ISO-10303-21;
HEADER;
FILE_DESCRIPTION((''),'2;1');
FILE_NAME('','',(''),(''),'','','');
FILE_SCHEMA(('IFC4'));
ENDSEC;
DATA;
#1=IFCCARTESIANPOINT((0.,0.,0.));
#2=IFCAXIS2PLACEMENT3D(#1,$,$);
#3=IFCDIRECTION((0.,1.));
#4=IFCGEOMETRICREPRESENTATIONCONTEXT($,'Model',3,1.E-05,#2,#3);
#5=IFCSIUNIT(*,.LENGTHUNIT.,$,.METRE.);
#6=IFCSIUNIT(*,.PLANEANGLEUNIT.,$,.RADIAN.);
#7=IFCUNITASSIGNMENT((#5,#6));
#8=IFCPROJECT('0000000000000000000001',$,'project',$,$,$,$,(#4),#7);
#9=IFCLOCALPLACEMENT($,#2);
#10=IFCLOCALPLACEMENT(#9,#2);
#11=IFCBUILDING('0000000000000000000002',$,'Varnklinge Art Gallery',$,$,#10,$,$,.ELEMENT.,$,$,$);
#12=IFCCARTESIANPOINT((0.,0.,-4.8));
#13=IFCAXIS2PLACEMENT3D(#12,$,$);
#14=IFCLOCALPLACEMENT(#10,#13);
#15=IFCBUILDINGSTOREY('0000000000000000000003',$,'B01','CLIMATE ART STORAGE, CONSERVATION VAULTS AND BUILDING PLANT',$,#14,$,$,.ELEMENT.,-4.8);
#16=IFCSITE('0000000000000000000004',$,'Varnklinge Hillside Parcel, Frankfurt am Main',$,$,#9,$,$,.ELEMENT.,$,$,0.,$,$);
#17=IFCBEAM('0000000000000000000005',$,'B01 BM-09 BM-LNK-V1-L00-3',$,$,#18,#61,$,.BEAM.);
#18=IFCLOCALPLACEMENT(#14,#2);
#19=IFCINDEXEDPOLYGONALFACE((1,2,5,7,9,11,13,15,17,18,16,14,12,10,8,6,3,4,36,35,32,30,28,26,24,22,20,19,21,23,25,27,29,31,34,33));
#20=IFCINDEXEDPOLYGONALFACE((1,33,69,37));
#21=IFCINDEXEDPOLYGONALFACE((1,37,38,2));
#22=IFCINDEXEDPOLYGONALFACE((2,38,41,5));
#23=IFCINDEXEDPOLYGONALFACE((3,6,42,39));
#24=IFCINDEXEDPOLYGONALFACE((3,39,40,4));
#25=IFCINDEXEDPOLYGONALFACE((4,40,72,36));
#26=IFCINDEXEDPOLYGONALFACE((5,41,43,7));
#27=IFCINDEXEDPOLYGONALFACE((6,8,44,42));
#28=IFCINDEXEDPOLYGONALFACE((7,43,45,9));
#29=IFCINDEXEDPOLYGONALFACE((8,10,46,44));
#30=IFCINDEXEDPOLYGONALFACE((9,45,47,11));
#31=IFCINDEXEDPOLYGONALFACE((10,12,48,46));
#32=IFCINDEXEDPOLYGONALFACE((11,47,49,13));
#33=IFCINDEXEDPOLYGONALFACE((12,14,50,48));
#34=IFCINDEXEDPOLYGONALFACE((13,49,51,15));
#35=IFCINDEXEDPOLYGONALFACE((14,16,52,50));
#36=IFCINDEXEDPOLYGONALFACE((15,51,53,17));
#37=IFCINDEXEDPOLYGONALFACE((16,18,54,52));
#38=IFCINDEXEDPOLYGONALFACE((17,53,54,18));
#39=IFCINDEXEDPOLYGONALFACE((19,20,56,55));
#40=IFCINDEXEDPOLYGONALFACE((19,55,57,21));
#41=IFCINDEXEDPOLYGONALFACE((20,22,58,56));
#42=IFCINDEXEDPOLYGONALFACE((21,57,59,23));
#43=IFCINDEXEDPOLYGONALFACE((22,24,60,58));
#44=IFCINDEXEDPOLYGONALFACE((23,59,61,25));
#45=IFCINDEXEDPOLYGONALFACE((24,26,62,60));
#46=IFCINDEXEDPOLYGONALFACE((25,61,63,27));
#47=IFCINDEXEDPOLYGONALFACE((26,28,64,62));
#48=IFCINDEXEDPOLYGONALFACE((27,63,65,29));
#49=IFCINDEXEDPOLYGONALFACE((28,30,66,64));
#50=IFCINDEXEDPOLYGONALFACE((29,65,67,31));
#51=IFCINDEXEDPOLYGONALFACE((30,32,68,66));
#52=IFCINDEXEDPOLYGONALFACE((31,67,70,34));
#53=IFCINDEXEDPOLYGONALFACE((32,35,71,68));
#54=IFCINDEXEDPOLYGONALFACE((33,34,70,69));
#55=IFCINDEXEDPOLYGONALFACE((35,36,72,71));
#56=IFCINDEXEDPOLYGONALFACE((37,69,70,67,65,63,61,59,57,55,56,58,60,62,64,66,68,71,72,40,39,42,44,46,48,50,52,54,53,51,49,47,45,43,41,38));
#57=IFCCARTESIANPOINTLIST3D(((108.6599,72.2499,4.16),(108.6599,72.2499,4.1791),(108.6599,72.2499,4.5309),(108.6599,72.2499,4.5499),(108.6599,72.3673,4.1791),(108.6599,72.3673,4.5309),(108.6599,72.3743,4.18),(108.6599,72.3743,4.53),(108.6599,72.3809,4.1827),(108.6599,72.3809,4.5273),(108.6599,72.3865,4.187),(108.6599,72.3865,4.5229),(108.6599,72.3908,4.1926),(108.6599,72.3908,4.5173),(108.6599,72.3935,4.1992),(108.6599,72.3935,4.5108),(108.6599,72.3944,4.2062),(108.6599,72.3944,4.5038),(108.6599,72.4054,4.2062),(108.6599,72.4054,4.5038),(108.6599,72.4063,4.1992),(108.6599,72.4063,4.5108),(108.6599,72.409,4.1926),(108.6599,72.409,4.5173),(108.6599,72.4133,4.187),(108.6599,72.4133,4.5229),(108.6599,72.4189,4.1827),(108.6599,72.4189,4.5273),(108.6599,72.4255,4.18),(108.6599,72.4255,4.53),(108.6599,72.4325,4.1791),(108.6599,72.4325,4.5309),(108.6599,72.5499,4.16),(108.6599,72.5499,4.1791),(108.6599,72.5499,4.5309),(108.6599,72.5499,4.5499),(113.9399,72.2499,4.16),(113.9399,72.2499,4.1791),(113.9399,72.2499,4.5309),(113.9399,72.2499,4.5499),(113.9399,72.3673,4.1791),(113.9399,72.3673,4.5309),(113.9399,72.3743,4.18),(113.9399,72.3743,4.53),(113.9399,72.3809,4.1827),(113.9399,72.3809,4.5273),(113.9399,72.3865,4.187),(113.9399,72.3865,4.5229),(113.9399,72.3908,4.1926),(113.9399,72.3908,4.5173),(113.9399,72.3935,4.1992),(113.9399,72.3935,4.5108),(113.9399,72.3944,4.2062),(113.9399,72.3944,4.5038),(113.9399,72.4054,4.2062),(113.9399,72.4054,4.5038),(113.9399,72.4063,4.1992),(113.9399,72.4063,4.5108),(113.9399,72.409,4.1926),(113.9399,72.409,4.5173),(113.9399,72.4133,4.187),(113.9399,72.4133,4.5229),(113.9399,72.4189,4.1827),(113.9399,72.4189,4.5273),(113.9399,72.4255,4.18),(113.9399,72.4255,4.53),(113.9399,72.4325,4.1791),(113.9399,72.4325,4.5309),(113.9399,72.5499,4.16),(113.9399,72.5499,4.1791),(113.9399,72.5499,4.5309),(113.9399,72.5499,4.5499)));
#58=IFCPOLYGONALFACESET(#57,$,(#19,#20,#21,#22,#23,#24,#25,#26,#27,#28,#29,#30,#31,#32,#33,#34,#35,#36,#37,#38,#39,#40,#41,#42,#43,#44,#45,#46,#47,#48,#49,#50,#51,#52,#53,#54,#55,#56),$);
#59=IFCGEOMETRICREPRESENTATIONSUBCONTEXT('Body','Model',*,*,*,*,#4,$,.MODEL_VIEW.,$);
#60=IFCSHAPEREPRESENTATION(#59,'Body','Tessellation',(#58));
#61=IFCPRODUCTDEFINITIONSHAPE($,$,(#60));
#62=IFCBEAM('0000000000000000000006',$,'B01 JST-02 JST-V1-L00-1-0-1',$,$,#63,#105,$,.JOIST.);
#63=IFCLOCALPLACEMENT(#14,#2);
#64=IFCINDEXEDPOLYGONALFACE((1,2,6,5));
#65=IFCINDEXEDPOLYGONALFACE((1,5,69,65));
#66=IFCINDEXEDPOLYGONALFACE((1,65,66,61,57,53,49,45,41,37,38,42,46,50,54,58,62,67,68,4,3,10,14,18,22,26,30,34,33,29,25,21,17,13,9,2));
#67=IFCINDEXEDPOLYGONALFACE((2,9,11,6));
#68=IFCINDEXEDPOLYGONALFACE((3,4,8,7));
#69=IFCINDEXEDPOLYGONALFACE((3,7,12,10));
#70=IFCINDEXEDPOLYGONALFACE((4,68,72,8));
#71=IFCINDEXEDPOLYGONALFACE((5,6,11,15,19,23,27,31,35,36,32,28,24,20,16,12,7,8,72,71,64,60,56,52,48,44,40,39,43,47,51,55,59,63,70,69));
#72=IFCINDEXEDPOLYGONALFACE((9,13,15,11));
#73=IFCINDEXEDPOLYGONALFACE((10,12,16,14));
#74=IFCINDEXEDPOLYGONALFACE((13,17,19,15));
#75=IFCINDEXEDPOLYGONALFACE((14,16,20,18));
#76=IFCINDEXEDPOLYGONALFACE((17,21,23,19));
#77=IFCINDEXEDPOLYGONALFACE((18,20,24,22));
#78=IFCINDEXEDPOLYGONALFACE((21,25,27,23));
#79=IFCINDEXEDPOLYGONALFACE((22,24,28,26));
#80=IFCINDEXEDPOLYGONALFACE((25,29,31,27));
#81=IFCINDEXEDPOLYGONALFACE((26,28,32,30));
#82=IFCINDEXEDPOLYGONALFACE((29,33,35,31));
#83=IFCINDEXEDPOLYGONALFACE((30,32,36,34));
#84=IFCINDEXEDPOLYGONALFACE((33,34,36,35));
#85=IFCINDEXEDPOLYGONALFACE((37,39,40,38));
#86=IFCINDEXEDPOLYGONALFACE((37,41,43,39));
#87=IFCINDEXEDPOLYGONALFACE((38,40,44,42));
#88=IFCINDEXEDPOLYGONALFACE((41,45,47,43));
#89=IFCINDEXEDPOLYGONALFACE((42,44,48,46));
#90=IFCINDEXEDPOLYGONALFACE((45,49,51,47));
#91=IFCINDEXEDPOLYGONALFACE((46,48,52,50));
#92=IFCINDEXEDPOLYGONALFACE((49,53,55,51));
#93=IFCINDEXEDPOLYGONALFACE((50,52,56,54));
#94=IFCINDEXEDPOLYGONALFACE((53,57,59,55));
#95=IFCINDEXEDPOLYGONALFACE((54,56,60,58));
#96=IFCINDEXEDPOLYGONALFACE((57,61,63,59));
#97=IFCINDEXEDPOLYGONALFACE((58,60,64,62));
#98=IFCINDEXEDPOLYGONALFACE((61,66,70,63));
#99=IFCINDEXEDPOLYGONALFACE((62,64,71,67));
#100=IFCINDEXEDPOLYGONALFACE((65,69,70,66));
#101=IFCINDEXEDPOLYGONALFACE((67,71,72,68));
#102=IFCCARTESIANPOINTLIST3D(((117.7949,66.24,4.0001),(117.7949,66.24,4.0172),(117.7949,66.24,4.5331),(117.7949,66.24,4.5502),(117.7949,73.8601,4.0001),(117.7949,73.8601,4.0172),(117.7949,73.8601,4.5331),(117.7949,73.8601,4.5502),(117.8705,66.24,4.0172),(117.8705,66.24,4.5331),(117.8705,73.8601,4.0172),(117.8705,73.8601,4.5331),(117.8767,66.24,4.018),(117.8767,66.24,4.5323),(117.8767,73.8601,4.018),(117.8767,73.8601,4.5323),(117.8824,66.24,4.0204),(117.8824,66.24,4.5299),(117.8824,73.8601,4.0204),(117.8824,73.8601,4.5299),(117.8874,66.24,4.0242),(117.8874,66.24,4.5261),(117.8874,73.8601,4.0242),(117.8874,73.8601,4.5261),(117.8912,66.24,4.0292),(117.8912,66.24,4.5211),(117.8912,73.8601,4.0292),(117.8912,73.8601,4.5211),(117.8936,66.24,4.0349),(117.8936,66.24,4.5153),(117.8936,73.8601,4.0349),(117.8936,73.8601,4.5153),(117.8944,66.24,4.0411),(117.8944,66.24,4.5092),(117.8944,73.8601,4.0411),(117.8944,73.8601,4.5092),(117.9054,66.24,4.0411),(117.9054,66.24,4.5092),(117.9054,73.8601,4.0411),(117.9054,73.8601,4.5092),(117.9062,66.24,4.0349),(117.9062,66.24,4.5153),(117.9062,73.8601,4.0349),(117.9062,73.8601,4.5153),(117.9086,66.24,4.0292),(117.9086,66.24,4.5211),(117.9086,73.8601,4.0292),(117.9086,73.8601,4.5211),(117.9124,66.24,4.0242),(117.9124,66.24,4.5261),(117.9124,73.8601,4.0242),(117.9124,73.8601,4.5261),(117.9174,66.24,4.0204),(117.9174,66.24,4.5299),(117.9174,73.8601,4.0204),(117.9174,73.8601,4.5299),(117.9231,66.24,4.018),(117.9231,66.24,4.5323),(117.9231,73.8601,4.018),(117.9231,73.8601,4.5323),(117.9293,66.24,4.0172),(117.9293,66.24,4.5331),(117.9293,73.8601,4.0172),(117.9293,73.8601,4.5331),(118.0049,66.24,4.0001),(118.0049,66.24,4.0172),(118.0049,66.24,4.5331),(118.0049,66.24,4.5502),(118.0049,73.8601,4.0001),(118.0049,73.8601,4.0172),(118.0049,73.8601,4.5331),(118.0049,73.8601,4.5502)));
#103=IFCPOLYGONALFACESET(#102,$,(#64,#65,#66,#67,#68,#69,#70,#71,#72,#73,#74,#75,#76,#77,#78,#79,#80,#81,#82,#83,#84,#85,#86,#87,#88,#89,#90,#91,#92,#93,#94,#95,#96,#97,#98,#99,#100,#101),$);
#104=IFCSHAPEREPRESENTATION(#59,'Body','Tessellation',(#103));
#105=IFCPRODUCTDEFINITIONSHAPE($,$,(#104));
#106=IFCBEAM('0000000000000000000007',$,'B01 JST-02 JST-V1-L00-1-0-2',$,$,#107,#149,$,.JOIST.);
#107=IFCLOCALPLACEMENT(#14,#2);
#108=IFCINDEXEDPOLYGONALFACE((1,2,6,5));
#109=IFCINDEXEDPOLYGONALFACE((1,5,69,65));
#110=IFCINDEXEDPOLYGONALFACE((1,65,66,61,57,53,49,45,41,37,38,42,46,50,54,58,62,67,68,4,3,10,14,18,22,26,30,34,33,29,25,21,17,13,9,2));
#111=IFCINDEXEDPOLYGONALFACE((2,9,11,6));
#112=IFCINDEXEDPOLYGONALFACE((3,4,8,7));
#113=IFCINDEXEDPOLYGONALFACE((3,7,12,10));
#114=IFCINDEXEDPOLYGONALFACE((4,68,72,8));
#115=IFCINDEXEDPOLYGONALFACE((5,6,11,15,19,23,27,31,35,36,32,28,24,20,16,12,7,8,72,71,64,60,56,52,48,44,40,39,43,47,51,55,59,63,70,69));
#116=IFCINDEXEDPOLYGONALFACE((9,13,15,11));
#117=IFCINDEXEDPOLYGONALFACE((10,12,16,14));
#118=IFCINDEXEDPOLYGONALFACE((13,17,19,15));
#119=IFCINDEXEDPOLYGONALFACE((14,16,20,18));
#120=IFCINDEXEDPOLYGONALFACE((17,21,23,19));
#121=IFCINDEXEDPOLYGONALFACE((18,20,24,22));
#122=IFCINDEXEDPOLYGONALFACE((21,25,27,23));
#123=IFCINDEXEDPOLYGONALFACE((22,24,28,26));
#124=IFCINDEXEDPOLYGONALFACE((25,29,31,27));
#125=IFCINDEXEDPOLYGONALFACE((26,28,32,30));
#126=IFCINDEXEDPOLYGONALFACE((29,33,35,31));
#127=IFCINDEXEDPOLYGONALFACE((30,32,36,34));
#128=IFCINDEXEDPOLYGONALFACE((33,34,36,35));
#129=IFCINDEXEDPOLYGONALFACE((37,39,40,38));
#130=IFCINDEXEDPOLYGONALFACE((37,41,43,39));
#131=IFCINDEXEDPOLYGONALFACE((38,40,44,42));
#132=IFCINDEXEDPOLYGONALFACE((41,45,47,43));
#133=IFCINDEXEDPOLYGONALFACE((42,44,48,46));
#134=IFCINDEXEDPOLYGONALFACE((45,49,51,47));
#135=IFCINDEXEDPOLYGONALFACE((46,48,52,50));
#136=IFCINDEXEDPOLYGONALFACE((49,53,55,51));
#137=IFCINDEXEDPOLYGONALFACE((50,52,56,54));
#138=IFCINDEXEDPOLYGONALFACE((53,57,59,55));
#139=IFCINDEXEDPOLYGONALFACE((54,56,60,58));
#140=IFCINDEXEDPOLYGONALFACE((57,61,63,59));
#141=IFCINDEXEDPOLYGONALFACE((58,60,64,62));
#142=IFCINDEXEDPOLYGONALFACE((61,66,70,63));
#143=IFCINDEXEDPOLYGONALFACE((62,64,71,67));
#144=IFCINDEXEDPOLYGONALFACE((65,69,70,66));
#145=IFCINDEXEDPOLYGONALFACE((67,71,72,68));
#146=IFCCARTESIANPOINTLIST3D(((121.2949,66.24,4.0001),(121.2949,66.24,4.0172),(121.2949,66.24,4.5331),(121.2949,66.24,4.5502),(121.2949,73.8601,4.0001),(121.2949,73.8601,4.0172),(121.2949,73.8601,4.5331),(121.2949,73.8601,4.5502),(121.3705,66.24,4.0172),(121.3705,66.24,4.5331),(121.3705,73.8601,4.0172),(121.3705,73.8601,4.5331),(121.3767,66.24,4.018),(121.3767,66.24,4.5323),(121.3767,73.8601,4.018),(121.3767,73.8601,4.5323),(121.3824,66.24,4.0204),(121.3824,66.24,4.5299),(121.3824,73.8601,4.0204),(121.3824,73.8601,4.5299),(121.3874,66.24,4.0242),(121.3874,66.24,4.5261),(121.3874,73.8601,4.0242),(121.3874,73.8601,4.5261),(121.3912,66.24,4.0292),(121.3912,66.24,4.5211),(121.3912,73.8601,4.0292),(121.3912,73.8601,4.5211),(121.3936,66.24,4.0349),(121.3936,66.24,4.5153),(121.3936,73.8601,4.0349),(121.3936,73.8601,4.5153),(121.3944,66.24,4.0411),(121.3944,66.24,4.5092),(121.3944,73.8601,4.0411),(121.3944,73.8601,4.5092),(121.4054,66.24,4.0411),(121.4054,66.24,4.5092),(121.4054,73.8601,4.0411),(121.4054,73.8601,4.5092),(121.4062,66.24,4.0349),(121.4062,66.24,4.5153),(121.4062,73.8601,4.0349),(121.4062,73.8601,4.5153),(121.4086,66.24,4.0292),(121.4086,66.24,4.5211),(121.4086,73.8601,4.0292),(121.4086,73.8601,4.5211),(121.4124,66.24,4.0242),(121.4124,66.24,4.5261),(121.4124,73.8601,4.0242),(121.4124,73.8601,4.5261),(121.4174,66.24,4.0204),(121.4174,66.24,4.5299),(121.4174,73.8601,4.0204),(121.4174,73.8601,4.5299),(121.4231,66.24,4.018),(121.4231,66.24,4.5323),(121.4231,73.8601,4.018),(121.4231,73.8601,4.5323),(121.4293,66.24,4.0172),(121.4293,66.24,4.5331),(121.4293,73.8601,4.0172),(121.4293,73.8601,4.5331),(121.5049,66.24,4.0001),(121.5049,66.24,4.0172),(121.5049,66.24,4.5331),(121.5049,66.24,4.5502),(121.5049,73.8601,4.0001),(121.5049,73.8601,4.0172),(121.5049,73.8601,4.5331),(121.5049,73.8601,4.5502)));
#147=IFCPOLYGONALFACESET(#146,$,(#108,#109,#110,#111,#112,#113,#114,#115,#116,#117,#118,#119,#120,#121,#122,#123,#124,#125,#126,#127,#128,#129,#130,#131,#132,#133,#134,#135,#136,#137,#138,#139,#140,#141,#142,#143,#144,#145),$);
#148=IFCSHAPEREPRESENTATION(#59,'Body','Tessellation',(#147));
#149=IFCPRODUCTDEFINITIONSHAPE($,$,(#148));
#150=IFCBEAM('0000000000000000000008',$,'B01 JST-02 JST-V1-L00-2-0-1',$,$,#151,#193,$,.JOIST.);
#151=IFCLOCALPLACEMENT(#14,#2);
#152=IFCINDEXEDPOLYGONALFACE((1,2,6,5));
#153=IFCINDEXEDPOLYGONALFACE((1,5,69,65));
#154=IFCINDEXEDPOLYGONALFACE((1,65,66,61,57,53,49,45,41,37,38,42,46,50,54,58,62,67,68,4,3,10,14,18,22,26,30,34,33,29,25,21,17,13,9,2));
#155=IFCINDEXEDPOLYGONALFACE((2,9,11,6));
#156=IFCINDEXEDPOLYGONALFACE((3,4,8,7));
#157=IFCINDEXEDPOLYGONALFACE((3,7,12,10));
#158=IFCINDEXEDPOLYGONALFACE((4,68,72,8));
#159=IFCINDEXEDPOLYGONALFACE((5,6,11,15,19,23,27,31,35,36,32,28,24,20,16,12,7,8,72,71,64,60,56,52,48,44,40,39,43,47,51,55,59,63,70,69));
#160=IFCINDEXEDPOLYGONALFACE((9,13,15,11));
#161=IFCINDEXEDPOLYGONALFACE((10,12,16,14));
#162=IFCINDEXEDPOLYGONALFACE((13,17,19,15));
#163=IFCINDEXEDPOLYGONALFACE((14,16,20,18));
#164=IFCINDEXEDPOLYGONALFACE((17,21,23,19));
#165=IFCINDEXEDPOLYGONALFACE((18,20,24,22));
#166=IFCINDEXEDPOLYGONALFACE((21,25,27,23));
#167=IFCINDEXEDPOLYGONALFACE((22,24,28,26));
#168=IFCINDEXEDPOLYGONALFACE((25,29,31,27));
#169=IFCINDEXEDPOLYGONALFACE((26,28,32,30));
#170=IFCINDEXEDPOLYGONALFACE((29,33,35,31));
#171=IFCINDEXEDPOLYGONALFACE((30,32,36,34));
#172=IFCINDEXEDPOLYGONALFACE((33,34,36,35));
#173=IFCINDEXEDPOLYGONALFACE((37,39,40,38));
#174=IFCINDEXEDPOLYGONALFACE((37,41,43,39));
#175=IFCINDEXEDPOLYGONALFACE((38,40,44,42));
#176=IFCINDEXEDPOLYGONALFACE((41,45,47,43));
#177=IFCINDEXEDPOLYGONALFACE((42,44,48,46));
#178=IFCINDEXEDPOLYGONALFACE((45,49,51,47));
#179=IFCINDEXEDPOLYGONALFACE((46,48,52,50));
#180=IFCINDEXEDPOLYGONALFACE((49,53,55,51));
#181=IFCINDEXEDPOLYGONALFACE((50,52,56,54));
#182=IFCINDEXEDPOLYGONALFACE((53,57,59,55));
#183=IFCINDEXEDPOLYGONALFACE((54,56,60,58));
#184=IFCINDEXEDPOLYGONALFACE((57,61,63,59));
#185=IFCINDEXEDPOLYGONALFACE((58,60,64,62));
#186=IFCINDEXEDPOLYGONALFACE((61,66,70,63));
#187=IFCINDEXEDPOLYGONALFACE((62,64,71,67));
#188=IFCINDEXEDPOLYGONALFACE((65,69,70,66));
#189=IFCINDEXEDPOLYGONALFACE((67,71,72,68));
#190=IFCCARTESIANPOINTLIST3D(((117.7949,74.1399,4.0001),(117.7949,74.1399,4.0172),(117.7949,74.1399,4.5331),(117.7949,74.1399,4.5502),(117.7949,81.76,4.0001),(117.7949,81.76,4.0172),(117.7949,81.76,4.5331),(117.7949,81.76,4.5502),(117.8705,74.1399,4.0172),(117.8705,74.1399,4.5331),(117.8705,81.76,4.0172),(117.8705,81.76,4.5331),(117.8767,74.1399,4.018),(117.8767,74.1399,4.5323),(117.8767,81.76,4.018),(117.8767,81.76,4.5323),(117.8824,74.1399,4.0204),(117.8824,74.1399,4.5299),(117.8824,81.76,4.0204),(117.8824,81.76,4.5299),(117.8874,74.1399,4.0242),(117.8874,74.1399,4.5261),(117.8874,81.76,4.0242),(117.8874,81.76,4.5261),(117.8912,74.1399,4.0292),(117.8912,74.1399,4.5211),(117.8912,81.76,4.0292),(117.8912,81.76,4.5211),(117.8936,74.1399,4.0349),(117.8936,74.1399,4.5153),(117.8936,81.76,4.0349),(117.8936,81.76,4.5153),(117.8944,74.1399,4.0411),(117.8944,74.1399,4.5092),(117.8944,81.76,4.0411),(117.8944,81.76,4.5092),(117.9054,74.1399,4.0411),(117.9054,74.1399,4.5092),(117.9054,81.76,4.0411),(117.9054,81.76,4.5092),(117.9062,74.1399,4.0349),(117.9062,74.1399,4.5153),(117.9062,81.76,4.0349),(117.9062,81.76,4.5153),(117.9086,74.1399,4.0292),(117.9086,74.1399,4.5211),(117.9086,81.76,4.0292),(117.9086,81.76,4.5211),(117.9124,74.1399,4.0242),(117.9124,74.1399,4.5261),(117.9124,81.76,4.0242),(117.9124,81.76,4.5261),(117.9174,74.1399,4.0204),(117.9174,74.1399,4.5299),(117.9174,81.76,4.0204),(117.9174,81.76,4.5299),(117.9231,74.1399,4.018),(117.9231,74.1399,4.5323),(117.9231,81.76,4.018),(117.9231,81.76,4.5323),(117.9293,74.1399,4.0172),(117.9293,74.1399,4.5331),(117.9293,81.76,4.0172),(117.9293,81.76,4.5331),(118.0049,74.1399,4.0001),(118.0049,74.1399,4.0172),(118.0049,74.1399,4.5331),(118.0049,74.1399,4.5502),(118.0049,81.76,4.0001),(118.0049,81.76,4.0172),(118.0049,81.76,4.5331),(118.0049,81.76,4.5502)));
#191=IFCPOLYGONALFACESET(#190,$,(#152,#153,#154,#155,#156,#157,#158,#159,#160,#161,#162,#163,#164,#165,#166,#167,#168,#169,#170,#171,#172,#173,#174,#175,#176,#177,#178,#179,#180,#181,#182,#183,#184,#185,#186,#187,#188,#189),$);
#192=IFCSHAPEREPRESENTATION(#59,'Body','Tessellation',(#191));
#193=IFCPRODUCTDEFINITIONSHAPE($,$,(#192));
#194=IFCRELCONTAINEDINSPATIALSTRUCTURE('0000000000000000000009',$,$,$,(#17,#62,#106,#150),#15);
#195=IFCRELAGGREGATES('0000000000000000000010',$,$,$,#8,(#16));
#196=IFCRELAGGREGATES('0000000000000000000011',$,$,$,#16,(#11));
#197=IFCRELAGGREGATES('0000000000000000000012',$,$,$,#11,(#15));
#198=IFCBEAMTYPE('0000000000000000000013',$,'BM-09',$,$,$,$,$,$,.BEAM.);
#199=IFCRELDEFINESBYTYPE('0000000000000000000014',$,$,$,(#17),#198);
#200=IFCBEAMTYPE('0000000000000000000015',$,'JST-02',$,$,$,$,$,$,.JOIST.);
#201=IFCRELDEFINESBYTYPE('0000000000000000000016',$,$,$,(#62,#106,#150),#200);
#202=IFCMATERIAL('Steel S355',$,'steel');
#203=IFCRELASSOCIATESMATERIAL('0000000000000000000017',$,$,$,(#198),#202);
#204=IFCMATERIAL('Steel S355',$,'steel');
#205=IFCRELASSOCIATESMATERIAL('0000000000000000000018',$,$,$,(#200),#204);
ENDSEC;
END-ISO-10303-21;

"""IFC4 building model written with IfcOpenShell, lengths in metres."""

from ifc_helpers import new_model, si_unit, direction, frame, origin, origin_2d, place, context, subcontext, project, spatial, i_section, extrude, material, material_profile, profile_set, type_object, element, save


model = new_model("IFC4")

# Units and contexts
model_context = context("Model", 3, precision=1e-05, world=origin(), true_north=direction((0.0, 1.0)))
body_context = subcontext(model_context, "Body", "Model", "MODEL_VIEW")
ifc_project = project(units=[si_unit("LENGTHUNIT", "METRE"), si_unit("PLANEANGLEUNIT", "RADIAN")], contexts=[model_context])

# Site, building, storey
site_placement = place(None, origin())
site = spatial("IfcSite", under=ifc_project, at=site_placement, Name="Varnklinge Hillside Parcel, Frankfurt am Main", CompositionType="ELEMENT", RefElevation=0.0)
building_placement = place(site_placement, origin())
building = spatial("IfcBuilding", under=site, at=building_placement, Name="Varnklinge Art Gallery", CompositionType="ELEMENT")
storey_placement = place(building_placement, frame((0.0, 0.0, -4.8)))
storey = spatial("IfcBuildingStorey", under=building, at=storey_placement, Name="B01", Description="CLIMATE ART STORAGE, CONSERVATION VAULTS AND BUILDING PLANT", CompositionType="ELEMENT", Elevation=-4.8)

# Beams
ifc_material_1 = material(Name="Steel S355", Category="steel")
ifc_material_profile_1 = material_profile(ifc_material_1, i_section(OverallWidth=0.3, OverallDepth=0.3899, WebThickness=0.011, FlangeThickness=0.019, FilletRadius=0.0271, at=origin_2d()), Name="HEA 400")
ifc_profile_set_1 = profile_set([ifc_material_profile_1], Name="Steel S355")
beam_type_1 = type_object("IfcBeamType", Name="BM-09", PredefinedType="BEAM", material=ifc_profile_set_1)
beam_1_placement = place(storey_placement, frame((113.9399, 72.3999, 4.355), z_axis=(-1.0, 0.0, 0.0), x_axis=(0.0, -1.0, 0.0)))
element("IfcBeam", 1, at=beam_1_placement, inside=storey, type_object=beam_type_1, Name="B01 BM-09 BM-LNK-V1-L00-3", PredefinedType="BEAM", context=body_context, shape_type="SweptSolid", body=[
    extrude(i_section(OverallWidth=0.3, OverallDepth=0.3899, WebThickness=0.011, FlangeThickness=0.019, FilletRadius=0.0271, at=origin_2d()), origin(), (0.0, 0.0, 1.0), 5.28),
])
ifc_material_2 = material(Name="Steel S355", Category="steel")
ifc_material_profile_2 = material_profile(ifc_material_2, i_section(OverallWidth=0.21, OverallDepth=0.55, WebThickness=0.011, FlangeThickness=0.0171, FilletRadius=0.0239, at=origin_2d()), Name="IPE 550")
ifc_profile_set_2 = profile_set([ifc_material_profile_2], Name="Steel S355")
beam_type_2 = type_object("IfcBeamType", Name="JST-02", PredefinedType="JOIST", material=ifc_profile_set_2)
for number, where, z_axis, x_axis, name in (
    (2, (117.8999, 66.24, 4.2751), (0.0, 1.0, 0.0), (-1.0, 0.0, 0.0), "B01 JST-02 JST-V1-L00-1-0-1"),
    (3, (121.3999, 66.24, 4.2751), (0.0, 1.0, 0.0), (-1.0, 0.0, 0.0), "B01 JST-02 JST-V1-L00-1-0-2"),
    (4, (117.8999, 74.1399, 4.2751), (0.0, 1.0, 0.0), (-1.0, 0.0, 0.0), "B01 JST-02 JST-V1-L00-2-0-1"),
):
    element("IfcBeam", number, at=place(storey_placement, frame(where, z_axis=z_axis, x_axis=x_axis)), inside=storey, type_object=beam_type_2, Name=name, PredefinedType="JOIST", context=body_context, shape_type="SweptSolid", body=[
        extrude(i_section(OverallWidth=0.21, OverallDepth=0.55, WebThickness=0.011, FlangeThickness=0.0171, FilletRadius=0.0239, at=origin_2d()), origin(), (0.0, 0.0, 1.0), 7.6201),
    ])

save(model, "model.ifc")
